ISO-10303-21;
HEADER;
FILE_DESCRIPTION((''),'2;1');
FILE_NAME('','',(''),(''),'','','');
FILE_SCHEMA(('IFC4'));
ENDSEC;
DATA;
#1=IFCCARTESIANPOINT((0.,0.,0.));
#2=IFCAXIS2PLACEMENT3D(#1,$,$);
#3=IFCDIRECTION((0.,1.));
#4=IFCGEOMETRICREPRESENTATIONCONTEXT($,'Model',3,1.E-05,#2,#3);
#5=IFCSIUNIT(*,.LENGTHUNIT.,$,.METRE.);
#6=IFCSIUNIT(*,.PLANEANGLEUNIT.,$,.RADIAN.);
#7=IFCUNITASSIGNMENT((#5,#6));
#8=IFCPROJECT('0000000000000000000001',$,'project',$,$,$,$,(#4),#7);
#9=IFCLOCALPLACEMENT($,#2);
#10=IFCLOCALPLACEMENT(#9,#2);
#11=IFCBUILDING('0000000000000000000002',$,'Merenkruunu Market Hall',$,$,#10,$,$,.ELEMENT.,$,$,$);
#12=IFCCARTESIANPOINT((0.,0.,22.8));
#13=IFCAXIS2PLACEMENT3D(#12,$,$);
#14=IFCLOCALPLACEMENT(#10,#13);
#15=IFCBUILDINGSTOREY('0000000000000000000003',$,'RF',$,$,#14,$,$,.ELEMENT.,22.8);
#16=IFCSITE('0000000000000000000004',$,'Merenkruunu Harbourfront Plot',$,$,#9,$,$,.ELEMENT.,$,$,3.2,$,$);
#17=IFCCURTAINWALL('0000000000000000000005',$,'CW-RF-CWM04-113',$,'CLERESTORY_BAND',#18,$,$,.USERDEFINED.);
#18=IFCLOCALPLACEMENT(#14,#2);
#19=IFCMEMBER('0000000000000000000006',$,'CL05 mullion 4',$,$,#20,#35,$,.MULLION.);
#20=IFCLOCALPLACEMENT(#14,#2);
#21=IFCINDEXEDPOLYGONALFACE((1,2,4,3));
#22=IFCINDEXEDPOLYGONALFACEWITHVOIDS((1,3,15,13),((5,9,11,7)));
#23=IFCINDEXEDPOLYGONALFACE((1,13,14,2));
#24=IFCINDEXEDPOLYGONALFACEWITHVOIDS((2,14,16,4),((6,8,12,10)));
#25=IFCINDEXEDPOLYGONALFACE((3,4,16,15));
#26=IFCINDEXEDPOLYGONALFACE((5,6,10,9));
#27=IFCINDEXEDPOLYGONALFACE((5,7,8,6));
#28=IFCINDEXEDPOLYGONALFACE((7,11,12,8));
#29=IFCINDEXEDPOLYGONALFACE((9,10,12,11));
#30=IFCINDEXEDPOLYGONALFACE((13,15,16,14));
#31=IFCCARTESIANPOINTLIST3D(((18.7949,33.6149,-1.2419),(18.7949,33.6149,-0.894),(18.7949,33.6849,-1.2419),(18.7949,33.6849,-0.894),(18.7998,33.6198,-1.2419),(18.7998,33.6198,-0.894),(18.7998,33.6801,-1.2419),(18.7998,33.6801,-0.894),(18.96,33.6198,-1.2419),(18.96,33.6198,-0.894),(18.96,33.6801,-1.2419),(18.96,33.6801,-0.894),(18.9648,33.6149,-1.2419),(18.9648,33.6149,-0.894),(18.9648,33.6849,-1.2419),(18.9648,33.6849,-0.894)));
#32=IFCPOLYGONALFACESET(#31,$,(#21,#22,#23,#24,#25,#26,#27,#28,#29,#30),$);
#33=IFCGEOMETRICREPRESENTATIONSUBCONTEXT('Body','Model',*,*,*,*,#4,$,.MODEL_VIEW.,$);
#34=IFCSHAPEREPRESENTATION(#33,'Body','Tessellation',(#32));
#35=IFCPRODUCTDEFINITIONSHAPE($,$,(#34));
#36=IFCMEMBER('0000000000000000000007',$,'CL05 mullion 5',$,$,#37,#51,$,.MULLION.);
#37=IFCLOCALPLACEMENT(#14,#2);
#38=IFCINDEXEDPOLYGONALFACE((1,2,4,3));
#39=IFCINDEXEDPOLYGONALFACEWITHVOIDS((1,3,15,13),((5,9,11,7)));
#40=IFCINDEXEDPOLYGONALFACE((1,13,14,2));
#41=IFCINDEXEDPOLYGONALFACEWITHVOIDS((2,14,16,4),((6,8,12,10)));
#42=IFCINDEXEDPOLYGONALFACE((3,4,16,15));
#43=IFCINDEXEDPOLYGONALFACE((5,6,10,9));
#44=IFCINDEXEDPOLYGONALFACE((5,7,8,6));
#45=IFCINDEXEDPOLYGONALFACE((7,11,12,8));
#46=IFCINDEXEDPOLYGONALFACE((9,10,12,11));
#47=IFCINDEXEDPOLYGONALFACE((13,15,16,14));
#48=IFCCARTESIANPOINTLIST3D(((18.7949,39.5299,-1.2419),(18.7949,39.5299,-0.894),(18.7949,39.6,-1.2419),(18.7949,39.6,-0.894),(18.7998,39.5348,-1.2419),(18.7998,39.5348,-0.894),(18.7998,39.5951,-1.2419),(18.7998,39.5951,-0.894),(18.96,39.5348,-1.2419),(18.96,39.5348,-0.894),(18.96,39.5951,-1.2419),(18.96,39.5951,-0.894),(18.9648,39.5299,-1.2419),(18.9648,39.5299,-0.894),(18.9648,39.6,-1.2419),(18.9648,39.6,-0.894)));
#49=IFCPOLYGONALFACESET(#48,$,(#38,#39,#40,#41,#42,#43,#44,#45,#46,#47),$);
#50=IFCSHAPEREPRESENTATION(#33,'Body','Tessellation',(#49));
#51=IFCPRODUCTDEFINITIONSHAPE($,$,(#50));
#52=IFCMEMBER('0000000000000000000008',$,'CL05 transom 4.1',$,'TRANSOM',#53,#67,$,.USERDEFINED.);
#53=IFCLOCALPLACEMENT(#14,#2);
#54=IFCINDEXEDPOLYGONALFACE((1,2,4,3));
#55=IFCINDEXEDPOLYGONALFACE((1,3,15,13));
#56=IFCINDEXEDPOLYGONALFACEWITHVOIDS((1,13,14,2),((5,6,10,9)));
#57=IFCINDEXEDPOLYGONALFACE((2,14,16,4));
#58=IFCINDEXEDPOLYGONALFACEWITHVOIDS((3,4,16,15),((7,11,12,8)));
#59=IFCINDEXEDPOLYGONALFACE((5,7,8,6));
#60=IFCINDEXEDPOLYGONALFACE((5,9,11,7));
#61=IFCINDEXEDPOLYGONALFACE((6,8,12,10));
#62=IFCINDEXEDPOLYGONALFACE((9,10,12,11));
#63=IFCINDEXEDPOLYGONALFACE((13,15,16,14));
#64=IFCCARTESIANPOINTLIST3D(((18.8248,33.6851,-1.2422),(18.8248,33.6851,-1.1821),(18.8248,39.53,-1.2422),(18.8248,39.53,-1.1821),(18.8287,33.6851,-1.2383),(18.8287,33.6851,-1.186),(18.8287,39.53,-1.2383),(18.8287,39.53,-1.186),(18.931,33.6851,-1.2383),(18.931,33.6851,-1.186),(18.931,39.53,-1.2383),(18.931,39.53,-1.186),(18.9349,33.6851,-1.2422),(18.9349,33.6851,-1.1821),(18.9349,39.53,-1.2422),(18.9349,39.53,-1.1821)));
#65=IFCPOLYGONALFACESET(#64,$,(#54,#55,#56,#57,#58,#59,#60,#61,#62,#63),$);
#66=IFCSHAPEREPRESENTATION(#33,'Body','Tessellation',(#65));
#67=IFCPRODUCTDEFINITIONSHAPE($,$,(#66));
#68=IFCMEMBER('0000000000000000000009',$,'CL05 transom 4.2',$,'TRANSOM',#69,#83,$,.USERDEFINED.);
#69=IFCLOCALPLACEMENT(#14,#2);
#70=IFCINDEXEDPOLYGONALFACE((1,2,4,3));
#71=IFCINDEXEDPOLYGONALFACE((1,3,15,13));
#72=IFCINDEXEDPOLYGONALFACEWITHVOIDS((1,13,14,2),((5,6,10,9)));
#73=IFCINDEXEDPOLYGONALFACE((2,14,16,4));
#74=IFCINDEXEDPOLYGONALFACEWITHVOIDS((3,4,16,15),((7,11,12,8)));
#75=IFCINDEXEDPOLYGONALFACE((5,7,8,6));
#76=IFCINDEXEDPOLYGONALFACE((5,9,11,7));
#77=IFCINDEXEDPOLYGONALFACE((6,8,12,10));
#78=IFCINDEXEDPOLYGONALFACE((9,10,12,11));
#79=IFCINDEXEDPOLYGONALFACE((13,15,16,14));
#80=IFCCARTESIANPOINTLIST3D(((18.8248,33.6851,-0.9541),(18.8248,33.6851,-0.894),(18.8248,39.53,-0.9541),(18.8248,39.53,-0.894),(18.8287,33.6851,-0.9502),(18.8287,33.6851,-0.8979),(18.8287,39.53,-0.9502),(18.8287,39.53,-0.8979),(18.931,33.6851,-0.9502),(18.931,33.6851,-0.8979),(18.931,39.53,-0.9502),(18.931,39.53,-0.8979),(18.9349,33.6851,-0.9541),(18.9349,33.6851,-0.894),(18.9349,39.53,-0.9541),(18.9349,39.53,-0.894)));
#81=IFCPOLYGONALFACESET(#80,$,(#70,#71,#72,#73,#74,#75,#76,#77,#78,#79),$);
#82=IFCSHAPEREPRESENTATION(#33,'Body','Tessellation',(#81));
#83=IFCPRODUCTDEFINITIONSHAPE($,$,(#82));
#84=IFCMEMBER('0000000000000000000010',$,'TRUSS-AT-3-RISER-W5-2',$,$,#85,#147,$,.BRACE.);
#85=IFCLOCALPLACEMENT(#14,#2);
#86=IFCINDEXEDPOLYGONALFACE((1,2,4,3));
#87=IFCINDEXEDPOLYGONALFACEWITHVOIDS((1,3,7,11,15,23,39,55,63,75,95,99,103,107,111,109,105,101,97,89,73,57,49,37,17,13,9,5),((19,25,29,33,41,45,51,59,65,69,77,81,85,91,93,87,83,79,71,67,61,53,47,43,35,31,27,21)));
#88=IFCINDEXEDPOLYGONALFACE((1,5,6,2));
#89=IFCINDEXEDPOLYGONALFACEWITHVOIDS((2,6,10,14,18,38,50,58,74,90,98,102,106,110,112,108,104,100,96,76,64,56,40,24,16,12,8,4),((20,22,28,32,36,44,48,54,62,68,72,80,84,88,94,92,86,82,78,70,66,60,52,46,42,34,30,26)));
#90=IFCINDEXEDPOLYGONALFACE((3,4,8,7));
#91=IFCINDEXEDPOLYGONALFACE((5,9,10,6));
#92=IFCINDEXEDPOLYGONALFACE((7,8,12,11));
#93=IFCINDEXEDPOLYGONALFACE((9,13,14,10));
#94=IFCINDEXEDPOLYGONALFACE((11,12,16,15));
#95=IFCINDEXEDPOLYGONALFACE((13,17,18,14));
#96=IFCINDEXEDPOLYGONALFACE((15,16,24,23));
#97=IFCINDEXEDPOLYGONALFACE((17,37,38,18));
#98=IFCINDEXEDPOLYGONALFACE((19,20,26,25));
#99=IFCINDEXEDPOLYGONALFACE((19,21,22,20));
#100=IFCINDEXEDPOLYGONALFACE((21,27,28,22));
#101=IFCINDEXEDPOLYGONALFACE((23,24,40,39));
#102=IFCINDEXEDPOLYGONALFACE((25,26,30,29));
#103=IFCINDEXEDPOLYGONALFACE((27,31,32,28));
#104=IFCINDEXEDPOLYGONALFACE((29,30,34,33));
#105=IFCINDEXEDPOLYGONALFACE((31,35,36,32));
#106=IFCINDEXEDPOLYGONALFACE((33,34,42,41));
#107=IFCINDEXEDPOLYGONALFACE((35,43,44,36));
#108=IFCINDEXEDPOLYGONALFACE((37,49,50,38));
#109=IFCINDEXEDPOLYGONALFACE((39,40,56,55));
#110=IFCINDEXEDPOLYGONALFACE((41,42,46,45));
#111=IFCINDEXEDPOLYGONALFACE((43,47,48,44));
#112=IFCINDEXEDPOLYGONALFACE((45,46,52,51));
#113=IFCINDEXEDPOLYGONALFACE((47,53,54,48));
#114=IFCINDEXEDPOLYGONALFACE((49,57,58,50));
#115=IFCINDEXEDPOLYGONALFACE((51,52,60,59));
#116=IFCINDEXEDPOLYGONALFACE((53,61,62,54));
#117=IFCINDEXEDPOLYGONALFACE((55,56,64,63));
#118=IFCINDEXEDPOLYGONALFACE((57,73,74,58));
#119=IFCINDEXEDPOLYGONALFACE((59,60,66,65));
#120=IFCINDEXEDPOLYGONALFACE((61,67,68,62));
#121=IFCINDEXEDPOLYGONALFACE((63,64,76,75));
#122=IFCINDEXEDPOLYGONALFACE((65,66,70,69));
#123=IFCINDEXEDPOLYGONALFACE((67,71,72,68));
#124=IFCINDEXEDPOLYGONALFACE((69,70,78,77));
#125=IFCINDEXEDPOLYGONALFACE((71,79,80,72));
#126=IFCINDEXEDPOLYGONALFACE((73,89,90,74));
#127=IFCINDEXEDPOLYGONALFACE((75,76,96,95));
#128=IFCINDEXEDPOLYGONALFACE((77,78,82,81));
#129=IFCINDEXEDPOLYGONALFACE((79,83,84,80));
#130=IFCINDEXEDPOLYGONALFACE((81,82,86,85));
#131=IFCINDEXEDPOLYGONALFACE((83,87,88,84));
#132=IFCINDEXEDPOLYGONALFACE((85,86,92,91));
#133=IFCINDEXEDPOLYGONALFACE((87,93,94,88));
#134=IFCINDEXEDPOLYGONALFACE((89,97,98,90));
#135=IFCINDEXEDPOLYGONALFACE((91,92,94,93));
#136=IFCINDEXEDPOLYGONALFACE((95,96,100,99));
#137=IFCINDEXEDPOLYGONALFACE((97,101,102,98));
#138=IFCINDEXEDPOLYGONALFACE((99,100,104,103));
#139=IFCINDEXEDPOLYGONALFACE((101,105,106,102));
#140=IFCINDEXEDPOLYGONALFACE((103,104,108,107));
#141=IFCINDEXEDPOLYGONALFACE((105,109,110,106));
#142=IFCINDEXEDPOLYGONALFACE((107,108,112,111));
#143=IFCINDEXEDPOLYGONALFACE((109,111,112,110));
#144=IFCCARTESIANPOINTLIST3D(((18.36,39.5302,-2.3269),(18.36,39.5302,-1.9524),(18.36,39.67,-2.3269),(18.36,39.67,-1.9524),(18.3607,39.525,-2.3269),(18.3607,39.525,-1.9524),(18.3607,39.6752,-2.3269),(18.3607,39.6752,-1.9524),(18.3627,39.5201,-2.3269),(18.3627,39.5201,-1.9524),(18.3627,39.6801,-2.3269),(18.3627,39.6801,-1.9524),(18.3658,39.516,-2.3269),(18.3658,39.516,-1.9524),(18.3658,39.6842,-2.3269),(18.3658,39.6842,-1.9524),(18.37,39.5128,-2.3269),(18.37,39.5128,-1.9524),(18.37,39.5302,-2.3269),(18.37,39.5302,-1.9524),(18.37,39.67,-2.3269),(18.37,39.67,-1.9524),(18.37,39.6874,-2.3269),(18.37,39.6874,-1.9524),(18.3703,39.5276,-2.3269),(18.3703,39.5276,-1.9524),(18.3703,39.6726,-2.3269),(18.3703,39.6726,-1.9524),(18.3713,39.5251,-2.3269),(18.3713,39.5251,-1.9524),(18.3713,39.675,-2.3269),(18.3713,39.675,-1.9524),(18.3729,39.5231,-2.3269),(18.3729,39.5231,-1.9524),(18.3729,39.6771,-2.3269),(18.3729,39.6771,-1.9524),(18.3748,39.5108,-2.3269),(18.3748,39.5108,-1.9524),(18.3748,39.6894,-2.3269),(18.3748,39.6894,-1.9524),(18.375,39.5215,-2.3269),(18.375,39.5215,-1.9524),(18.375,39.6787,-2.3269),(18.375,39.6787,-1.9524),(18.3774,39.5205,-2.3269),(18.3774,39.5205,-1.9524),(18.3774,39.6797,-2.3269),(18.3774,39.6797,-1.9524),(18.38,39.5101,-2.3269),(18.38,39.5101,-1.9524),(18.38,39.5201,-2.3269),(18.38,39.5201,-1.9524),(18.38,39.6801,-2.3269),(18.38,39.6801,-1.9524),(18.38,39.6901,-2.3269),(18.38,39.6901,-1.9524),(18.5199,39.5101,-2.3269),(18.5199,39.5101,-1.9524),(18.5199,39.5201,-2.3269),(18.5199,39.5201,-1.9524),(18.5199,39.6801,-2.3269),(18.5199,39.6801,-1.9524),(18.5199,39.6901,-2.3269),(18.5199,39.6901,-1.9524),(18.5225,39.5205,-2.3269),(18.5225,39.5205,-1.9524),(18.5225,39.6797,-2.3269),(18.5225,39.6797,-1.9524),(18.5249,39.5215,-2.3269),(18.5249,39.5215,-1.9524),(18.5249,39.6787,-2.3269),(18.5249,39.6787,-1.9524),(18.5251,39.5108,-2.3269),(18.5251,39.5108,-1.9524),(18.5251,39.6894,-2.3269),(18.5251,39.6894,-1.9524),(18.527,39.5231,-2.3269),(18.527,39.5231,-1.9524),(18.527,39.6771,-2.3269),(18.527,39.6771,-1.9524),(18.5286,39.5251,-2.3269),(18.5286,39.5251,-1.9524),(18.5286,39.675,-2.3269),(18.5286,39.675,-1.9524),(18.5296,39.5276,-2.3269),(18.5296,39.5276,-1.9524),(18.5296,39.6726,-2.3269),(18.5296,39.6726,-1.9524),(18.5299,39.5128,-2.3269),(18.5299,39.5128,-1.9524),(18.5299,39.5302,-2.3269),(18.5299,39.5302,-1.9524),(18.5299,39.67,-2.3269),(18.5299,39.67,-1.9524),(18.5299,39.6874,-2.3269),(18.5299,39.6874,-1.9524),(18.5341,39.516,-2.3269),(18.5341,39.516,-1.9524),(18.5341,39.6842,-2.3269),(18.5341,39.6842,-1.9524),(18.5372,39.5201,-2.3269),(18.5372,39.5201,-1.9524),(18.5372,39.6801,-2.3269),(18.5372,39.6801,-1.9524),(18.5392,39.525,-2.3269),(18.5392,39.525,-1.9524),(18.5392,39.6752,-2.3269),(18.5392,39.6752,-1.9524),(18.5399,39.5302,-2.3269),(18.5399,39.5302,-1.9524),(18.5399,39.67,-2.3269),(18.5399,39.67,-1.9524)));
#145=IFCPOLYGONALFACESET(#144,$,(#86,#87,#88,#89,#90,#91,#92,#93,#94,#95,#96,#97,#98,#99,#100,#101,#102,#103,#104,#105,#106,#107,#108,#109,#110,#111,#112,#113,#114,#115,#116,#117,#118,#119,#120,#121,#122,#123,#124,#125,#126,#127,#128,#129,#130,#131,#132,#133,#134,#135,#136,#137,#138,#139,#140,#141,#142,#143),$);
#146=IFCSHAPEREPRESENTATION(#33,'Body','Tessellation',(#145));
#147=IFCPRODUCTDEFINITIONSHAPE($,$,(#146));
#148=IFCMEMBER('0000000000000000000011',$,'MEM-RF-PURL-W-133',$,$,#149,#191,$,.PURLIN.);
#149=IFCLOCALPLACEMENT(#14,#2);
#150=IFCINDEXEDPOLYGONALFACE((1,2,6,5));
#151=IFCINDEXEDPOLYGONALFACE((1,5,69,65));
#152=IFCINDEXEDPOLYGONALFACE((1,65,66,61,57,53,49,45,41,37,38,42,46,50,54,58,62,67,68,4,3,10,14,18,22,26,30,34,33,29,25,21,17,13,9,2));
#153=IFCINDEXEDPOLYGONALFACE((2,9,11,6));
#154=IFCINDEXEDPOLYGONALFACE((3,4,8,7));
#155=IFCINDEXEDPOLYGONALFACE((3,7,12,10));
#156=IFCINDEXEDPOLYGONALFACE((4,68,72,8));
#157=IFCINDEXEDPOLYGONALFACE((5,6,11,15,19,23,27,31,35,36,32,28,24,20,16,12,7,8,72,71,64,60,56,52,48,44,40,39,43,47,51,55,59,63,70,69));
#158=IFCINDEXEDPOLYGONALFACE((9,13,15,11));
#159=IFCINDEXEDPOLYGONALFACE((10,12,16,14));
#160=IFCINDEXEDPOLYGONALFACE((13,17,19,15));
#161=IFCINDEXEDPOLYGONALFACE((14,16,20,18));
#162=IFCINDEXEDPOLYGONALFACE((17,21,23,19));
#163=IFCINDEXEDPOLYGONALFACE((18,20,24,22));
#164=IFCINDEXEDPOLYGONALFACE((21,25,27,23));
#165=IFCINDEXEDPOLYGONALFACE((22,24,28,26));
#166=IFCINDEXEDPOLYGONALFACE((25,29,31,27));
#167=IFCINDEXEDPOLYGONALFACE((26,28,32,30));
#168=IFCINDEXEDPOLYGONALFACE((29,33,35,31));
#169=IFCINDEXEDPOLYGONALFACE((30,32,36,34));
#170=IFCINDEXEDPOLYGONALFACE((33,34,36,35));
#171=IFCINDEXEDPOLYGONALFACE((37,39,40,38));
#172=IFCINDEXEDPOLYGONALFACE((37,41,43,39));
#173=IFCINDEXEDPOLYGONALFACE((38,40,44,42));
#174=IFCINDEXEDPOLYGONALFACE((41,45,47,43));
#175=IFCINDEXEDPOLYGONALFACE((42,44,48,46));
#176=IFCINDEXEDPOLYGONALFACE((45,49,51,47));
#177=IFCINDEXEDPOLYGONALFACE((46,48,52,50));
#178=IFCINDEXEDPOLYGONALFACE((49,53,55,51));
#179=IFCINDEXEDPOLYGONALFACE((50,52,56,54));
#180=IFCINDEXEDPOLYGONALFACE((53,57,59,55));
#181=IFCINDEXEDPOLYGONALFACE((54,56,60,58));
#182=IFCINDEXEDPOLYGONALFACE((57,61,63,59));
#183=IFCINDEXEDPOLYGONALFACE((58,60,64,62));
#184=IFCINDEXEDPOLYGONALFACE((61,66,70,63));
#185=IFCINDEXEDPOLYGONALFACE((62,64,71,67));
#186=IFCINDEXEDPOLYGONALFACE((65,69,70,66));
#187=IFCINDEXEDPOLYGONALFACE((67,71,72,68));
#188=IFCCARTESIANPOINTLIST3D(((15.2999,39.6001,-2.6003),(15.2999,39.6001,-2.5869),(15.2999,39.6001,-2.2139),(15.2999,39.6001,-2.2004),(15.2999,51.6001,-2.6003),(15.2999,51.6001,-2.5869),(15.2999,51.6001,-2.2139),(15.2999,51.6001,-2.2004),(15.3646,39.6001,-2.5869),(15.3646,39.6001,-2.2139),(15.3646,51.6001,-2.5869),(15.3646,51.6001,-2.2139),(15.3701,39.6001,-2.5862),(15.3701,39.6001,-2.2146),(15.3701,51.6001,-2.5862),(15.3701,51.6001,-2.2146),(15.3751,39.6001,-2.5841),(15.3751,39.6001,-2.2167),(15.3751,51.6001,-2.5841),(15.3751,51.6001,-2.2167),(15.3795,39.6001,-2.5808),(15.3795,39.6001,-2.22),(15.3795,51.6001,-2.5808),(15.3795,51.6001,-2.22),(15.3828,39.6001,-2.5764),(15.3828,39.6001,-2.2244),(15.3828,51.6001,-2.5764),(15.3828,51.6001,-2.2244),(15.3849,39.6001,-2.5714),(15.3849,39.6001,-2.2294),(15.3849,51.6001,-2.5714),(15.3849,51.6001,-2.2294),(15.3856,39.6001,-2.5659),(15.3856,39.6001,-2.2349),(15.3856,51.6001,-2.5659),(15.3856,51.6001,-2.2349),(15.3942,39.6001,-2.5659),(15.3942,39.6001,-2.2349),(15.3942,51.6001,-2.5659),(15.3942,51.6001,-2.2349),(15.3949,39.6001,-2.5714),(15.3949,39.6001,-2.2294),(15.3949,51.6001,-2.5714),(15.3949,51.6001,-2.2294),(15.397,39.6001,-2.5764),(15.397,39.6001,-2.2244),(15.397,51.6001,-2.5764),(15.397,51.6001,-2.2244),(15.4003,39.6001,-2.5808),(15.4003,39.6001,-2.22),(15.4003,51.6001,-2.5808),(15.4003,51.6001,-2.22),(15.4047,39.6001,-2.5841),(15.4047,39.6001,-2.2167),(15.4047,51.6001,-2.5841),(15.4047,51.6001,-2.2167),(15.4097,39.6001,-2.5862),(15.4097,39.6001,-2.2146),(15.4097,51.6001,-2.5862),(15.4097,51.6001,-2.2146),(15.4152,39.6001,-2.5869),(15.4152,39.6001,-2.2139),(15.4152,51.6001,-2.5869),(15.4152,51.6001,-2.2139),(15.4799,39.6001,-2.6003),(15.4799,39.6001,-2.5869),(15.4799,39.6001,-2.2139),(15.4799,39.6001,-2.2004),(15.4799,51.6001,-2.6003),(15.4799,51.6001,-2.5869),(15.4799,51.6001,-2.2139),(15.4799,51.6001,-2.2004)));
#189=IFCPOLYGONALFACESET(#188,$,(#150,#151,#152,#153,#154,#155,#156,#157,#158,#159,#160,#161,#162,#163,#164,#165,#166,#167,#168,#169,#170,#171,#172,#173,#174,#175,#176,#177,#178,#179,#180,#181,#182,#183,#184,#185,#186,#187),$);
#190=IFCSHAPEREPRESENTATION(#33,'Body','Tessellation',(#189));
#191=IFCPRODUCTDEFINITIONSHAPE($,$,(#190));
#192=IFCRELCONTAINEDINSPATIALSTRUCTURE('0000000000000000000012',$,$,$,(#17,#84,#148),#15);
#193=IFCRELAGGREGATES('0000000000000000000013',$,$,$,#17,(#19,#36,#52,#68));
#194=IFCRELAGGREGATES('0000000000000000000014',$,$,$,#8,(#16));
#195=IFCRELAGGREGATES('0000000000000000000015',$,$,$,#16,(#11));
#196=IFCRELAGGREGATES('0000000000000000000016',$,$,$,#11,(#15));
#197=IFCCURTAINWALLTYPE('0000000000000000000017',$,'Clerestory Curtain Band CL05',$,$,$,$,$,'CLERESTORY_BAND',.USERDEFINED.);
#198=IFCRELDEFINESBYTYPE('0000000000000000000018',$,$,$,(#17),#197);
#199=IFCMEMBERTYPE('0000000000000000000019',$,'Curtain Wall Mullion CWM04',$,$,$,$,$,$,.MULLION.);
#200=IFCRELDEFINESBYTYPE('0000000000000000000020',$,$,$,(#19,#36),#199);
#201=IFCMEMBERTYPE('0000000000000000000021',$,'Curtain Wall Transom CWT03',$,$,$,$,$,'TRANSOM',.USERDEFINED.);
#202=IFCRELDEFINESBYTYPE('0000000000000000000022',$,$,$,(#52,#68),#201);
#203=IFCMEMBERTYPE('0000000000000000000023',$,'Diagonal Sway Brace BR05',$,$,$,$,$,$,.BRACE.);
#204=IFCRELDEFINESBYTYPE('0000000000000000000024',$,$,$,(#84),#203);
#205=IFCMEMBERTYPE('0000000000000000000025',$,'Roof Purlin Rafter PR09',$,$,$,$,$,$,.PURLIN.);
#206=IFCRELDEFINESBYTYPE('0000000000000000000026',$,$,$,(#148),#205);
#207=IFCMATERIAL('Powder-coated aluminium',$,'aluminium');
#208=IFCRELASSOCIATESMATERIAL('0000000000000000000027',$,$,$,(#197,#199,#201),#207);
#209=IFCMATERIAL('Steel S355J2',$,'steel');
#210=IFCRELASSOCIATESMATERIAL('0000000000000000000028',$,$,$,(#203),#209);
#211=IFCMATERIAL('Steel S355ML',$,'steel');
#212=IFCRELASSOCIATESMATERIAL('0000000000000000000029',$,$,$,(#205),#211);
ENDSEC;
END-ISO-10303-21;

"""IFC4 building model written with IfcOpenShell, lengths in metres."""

from ifc_helpers import new_model, si_unit, direction, frame, origin, origin_2d, place, context, subcontext, project, spatial, hollow_rectangle, i_section, extrude, material, material_profile, profile_set, type_object, element, aggregate, save


model = new_model("IFC4")

# Units and contexts
model_context = context("Model", 3, precision=1e-05, world=origin(), true_north=direction((0.0, 1.0)))
body_context = subcontext(model_context, "Body", "Model", "MODEL_VIEW")
ifc_project = project(units=[si_unit("LENGTHUNIT", "METRE"), si_unit("PLANEANGLEUNIT", "RADIAN")], contexts=[model_context])

# Site, building, storey
site_placement = place(None, origin())
site = spatial("IfcSite", under=ifc_project, at=site_placement, Name="Merenkruunu Harbourfront Plot", CompositionType="ELEMENT", RefElevation=3.2)
building_placement = place(site_placement, origin())
building = spatial("IfcBuilding", under=site, at=building_placement, Name="Merenkruunu Market Hall", CompositionType="ELEMENT")
storey_placement = place(building_placement, frame((0.0, 0.0, 22.8)))
storey = spatial("IfcBuildingStorey", under=building, at=storey_placement, Name="RF", CompositionType="ELEMENT", Elevation=22.8)

# Curtain wall, members
ifc_material_1 = material(Name="Powder-coated aluminium", Category="aluminium")
curtain_wall_type = type_object("IfcCurtainWallType", Name="Clerestory Curtain Band CL05", ElementType="CLERESTORY_BAND", PredefinedType="USERDEFINED", material=ifc_material_1)
curtain_wall_placement = place(storey_placement, origin())
curtain_wall = element("IfcCurtainWall", 1, at=curtain_wall_placement, inside=storey, type_object=curtain_wall_type, Name="CW-RF-CWM04-113", ObjectType="CLERESTORY_BAND", PredefinedType="USERDEFINED")
ifc_material_profile_1 = material_profile(ifc_material_1, hollow_rectangle(XDim=0.0701, YDim=0.1699, WallThickness=0.0049, at=origin_2d()), Name="ALU 70x170x5")
ifc_profile_set_1 = profile_set([ifc_material_profile_1], Name="Powder-coated aluminium")
member_type_1 = type_object("IfcMemberType", Name="Curtain Wall Mullion CWM04", PredefinedType="MULLION", material=ifc_profile_set_1)
member_1_placement = place(storey_placement, frame((18.8799, 33.6499, -1.2419), z_axis=(0.0, 0.0, 1.0), x_axis=(0.0, 1.0, 0.0)))
member_1 = element("IfcMember", 2, at=member_1_placement, type_object=member_type_1, Name="CL05 mullion 4", PredefinedType="MULLION", context=body_context, shape_type="SweptSolid", body=[
    extrude(hollow_rectangle(XDim=0.0701, YDim=0.1699, WallThickness=0.0049, at=origin_2d()), origin(), (0.0, 0.0, 1.0), 0.3479),
])
member_2_placement = place(storey_placement, frame((18.8799, 39.5649, -1.2419), z_axis=(0.0, 0.0, 1.0), x_axis=(0.0, 1.0, 0.0)))
member_2 = element("IfcMember", 3, at=member_2_placement, type_object=member_type_1, Name="CL05 mullion 5", PredefinedType="MULLION", context=body_context, shape_type="SweptSolid", body=[
    extrude(hollow_rectangle(XDim=0.0701, YDim=0.1699, WallThickness=0.0049, at=origin_2d()), origin(), (0.0, 0.0, 1.0), 0.3479),
])
ifc_material_profile_2 = material_profile(ifc_material_1, hollow_rectangle(XDim=0.0601, YDim=0.1101, WallThickness=0.0039, at=origin_2d()), Name="ALU 60x110x4")
ifc_profile_set_2 = profile_set([ifc_material_profile_2], Name="Powder-coated aluminium")
member_type_2 = type_object("IfcMemberType", Name="Curtain Wall Transom CWT03", ElementType="TRANSOM", PredefinedType="USERDEFINED", material=ifc_profile_set_2)
member_3_placement = place(storey_placement, frame((18.8799, 33.6851, -1.2122), z_axis=(0.0, 1.0, 0.0), x_axis=(0.0, 0.0, 1.0)))
member_3 = element("IfcMember", 4, at=member_3_placement, type_object=member_type_2, Name="CL05 transom 4.1", ObjectType="TRANSOM", PredefinedType="USERDEFINED", context=body_context, shape_type="SweptSolid", body=[
    extrude(hollow_rectangle(XDim=0.0601, YDim=0.1101, WallThickness=0.0039, at=origin_2d()), origin(), (0.0, 0.0, 1.0), 5.845),
])
member_4_placement = place(storey_placement, frame((18.8799, 33.6851, -0.9241), z_axis=(0.0, 1.0, 0.0), x_axis=(0.0, 0.0, 1.0)))
member_4 = element("IfcMember", 5, at=member_4_placement, type_object=member_type_2, Name="CL05 transom 4.2", ObjectType="TRANSOM", PredefinedType="USERDEFINED", context=body_context, shape_type="SweptSolid", body=[
    extrude(hollow_rectangle(XDim=0.0601, YDim=0.1101, WallThickness=0.0039, at=origin_2d()), origin(), (0.0, 0.0, 1.0), 5.845),
])

# Members
ifc_material_2 = material(Name="Steel S355J2", Category="steel")
ifc_material_profile_3 = material_profile(ifc_material_2, hollow_rectangle(XDim=0.1799, YDim=0.1799, WallThickness=0.01, InnerFilletRadius=0.01, OuterFilletRadius=0.02, at=origin_2d()), Name="SHS 180x180x10")
ifc_profile_set_3 = profile_set([ifc_material_profile_3], Name="Steel S355J2")
member_type_3 = type_object("IfcMemberType", Name="Diagonal Sway Brace BR05", PredefinedType="BRACE", material=ifc_profile_set_3)
member_5_placement = place(storey_placement, frame((18.45, 39.6001, -2.3269), z_axis=(0.0, 0.0, 1.0), x_axis=(1.0, 0.0, 0.0)))
element("IfcMember", 6, at=member_5_placement, inside=storey, type_object=member_type_3, Name="TRUSS-AT-3-RISER-W5-2", PredefinedType="BRACE", context=body_context, shape_type="SweptSolid", body=[
    extrude(hollow_rectangle(XDim=0.1799, YDim=0.1799, WallThickness=0.01, InnerFilletRadius=0.01, OuterFilletRadius=0.02, at=origin_2d()), origin(), (0.0, 0.0, 1.0), 0.3745),
])
ifc_material_3 = material(Name="Steel S355ML", Category="steel")
ifc_material_profile_4 = material_profile(ifc_material_3, i_section(OverallWidth=0.1799, OverallDepth=0.3999, WebThickness=0.0085, FlangeThickness=0.0134, FilletRadius=0.021, at=origin_2d()), Name="IPE 400")
ifc_profile_set_4 = profile_set([ifc_material_profile_4], Name="Steel S355ML")
member_type_4 = type_object("IfcMemberType", Name="Roof Purlin Rafter PR09", PredefinedType="PURLIN", material=ifc_profile_set_4)
member_6_placement = place(storey_placement, frame((15.3899, 39.6001, -2.4004), z_axis=(0.0, 1.0, 0.0), x_axis=(-1.0, 0.0, 0.0)))
element("IfcMember", 7, at=member_6_placement, inside=storey, type_object=member_type_4, Name="MEM-RF-PURL-W-133", PredefinedType="PURLIN", context=body_context, shape_type="SweptSolid", body=[
    extrude(i_section(OverallWidth=0.1799, OverallDepth=0.3999, WebThickness=0.0085, FlangeThickness=0.0134, FilletRadius=0.021, at=origin_2d()), origin(), (0.0, 0.0, 1.0), 12.0),
])

aggregate(curtain_wall, [member_1, member_2, member_3, member_4])

save(model, "model.ifc")
